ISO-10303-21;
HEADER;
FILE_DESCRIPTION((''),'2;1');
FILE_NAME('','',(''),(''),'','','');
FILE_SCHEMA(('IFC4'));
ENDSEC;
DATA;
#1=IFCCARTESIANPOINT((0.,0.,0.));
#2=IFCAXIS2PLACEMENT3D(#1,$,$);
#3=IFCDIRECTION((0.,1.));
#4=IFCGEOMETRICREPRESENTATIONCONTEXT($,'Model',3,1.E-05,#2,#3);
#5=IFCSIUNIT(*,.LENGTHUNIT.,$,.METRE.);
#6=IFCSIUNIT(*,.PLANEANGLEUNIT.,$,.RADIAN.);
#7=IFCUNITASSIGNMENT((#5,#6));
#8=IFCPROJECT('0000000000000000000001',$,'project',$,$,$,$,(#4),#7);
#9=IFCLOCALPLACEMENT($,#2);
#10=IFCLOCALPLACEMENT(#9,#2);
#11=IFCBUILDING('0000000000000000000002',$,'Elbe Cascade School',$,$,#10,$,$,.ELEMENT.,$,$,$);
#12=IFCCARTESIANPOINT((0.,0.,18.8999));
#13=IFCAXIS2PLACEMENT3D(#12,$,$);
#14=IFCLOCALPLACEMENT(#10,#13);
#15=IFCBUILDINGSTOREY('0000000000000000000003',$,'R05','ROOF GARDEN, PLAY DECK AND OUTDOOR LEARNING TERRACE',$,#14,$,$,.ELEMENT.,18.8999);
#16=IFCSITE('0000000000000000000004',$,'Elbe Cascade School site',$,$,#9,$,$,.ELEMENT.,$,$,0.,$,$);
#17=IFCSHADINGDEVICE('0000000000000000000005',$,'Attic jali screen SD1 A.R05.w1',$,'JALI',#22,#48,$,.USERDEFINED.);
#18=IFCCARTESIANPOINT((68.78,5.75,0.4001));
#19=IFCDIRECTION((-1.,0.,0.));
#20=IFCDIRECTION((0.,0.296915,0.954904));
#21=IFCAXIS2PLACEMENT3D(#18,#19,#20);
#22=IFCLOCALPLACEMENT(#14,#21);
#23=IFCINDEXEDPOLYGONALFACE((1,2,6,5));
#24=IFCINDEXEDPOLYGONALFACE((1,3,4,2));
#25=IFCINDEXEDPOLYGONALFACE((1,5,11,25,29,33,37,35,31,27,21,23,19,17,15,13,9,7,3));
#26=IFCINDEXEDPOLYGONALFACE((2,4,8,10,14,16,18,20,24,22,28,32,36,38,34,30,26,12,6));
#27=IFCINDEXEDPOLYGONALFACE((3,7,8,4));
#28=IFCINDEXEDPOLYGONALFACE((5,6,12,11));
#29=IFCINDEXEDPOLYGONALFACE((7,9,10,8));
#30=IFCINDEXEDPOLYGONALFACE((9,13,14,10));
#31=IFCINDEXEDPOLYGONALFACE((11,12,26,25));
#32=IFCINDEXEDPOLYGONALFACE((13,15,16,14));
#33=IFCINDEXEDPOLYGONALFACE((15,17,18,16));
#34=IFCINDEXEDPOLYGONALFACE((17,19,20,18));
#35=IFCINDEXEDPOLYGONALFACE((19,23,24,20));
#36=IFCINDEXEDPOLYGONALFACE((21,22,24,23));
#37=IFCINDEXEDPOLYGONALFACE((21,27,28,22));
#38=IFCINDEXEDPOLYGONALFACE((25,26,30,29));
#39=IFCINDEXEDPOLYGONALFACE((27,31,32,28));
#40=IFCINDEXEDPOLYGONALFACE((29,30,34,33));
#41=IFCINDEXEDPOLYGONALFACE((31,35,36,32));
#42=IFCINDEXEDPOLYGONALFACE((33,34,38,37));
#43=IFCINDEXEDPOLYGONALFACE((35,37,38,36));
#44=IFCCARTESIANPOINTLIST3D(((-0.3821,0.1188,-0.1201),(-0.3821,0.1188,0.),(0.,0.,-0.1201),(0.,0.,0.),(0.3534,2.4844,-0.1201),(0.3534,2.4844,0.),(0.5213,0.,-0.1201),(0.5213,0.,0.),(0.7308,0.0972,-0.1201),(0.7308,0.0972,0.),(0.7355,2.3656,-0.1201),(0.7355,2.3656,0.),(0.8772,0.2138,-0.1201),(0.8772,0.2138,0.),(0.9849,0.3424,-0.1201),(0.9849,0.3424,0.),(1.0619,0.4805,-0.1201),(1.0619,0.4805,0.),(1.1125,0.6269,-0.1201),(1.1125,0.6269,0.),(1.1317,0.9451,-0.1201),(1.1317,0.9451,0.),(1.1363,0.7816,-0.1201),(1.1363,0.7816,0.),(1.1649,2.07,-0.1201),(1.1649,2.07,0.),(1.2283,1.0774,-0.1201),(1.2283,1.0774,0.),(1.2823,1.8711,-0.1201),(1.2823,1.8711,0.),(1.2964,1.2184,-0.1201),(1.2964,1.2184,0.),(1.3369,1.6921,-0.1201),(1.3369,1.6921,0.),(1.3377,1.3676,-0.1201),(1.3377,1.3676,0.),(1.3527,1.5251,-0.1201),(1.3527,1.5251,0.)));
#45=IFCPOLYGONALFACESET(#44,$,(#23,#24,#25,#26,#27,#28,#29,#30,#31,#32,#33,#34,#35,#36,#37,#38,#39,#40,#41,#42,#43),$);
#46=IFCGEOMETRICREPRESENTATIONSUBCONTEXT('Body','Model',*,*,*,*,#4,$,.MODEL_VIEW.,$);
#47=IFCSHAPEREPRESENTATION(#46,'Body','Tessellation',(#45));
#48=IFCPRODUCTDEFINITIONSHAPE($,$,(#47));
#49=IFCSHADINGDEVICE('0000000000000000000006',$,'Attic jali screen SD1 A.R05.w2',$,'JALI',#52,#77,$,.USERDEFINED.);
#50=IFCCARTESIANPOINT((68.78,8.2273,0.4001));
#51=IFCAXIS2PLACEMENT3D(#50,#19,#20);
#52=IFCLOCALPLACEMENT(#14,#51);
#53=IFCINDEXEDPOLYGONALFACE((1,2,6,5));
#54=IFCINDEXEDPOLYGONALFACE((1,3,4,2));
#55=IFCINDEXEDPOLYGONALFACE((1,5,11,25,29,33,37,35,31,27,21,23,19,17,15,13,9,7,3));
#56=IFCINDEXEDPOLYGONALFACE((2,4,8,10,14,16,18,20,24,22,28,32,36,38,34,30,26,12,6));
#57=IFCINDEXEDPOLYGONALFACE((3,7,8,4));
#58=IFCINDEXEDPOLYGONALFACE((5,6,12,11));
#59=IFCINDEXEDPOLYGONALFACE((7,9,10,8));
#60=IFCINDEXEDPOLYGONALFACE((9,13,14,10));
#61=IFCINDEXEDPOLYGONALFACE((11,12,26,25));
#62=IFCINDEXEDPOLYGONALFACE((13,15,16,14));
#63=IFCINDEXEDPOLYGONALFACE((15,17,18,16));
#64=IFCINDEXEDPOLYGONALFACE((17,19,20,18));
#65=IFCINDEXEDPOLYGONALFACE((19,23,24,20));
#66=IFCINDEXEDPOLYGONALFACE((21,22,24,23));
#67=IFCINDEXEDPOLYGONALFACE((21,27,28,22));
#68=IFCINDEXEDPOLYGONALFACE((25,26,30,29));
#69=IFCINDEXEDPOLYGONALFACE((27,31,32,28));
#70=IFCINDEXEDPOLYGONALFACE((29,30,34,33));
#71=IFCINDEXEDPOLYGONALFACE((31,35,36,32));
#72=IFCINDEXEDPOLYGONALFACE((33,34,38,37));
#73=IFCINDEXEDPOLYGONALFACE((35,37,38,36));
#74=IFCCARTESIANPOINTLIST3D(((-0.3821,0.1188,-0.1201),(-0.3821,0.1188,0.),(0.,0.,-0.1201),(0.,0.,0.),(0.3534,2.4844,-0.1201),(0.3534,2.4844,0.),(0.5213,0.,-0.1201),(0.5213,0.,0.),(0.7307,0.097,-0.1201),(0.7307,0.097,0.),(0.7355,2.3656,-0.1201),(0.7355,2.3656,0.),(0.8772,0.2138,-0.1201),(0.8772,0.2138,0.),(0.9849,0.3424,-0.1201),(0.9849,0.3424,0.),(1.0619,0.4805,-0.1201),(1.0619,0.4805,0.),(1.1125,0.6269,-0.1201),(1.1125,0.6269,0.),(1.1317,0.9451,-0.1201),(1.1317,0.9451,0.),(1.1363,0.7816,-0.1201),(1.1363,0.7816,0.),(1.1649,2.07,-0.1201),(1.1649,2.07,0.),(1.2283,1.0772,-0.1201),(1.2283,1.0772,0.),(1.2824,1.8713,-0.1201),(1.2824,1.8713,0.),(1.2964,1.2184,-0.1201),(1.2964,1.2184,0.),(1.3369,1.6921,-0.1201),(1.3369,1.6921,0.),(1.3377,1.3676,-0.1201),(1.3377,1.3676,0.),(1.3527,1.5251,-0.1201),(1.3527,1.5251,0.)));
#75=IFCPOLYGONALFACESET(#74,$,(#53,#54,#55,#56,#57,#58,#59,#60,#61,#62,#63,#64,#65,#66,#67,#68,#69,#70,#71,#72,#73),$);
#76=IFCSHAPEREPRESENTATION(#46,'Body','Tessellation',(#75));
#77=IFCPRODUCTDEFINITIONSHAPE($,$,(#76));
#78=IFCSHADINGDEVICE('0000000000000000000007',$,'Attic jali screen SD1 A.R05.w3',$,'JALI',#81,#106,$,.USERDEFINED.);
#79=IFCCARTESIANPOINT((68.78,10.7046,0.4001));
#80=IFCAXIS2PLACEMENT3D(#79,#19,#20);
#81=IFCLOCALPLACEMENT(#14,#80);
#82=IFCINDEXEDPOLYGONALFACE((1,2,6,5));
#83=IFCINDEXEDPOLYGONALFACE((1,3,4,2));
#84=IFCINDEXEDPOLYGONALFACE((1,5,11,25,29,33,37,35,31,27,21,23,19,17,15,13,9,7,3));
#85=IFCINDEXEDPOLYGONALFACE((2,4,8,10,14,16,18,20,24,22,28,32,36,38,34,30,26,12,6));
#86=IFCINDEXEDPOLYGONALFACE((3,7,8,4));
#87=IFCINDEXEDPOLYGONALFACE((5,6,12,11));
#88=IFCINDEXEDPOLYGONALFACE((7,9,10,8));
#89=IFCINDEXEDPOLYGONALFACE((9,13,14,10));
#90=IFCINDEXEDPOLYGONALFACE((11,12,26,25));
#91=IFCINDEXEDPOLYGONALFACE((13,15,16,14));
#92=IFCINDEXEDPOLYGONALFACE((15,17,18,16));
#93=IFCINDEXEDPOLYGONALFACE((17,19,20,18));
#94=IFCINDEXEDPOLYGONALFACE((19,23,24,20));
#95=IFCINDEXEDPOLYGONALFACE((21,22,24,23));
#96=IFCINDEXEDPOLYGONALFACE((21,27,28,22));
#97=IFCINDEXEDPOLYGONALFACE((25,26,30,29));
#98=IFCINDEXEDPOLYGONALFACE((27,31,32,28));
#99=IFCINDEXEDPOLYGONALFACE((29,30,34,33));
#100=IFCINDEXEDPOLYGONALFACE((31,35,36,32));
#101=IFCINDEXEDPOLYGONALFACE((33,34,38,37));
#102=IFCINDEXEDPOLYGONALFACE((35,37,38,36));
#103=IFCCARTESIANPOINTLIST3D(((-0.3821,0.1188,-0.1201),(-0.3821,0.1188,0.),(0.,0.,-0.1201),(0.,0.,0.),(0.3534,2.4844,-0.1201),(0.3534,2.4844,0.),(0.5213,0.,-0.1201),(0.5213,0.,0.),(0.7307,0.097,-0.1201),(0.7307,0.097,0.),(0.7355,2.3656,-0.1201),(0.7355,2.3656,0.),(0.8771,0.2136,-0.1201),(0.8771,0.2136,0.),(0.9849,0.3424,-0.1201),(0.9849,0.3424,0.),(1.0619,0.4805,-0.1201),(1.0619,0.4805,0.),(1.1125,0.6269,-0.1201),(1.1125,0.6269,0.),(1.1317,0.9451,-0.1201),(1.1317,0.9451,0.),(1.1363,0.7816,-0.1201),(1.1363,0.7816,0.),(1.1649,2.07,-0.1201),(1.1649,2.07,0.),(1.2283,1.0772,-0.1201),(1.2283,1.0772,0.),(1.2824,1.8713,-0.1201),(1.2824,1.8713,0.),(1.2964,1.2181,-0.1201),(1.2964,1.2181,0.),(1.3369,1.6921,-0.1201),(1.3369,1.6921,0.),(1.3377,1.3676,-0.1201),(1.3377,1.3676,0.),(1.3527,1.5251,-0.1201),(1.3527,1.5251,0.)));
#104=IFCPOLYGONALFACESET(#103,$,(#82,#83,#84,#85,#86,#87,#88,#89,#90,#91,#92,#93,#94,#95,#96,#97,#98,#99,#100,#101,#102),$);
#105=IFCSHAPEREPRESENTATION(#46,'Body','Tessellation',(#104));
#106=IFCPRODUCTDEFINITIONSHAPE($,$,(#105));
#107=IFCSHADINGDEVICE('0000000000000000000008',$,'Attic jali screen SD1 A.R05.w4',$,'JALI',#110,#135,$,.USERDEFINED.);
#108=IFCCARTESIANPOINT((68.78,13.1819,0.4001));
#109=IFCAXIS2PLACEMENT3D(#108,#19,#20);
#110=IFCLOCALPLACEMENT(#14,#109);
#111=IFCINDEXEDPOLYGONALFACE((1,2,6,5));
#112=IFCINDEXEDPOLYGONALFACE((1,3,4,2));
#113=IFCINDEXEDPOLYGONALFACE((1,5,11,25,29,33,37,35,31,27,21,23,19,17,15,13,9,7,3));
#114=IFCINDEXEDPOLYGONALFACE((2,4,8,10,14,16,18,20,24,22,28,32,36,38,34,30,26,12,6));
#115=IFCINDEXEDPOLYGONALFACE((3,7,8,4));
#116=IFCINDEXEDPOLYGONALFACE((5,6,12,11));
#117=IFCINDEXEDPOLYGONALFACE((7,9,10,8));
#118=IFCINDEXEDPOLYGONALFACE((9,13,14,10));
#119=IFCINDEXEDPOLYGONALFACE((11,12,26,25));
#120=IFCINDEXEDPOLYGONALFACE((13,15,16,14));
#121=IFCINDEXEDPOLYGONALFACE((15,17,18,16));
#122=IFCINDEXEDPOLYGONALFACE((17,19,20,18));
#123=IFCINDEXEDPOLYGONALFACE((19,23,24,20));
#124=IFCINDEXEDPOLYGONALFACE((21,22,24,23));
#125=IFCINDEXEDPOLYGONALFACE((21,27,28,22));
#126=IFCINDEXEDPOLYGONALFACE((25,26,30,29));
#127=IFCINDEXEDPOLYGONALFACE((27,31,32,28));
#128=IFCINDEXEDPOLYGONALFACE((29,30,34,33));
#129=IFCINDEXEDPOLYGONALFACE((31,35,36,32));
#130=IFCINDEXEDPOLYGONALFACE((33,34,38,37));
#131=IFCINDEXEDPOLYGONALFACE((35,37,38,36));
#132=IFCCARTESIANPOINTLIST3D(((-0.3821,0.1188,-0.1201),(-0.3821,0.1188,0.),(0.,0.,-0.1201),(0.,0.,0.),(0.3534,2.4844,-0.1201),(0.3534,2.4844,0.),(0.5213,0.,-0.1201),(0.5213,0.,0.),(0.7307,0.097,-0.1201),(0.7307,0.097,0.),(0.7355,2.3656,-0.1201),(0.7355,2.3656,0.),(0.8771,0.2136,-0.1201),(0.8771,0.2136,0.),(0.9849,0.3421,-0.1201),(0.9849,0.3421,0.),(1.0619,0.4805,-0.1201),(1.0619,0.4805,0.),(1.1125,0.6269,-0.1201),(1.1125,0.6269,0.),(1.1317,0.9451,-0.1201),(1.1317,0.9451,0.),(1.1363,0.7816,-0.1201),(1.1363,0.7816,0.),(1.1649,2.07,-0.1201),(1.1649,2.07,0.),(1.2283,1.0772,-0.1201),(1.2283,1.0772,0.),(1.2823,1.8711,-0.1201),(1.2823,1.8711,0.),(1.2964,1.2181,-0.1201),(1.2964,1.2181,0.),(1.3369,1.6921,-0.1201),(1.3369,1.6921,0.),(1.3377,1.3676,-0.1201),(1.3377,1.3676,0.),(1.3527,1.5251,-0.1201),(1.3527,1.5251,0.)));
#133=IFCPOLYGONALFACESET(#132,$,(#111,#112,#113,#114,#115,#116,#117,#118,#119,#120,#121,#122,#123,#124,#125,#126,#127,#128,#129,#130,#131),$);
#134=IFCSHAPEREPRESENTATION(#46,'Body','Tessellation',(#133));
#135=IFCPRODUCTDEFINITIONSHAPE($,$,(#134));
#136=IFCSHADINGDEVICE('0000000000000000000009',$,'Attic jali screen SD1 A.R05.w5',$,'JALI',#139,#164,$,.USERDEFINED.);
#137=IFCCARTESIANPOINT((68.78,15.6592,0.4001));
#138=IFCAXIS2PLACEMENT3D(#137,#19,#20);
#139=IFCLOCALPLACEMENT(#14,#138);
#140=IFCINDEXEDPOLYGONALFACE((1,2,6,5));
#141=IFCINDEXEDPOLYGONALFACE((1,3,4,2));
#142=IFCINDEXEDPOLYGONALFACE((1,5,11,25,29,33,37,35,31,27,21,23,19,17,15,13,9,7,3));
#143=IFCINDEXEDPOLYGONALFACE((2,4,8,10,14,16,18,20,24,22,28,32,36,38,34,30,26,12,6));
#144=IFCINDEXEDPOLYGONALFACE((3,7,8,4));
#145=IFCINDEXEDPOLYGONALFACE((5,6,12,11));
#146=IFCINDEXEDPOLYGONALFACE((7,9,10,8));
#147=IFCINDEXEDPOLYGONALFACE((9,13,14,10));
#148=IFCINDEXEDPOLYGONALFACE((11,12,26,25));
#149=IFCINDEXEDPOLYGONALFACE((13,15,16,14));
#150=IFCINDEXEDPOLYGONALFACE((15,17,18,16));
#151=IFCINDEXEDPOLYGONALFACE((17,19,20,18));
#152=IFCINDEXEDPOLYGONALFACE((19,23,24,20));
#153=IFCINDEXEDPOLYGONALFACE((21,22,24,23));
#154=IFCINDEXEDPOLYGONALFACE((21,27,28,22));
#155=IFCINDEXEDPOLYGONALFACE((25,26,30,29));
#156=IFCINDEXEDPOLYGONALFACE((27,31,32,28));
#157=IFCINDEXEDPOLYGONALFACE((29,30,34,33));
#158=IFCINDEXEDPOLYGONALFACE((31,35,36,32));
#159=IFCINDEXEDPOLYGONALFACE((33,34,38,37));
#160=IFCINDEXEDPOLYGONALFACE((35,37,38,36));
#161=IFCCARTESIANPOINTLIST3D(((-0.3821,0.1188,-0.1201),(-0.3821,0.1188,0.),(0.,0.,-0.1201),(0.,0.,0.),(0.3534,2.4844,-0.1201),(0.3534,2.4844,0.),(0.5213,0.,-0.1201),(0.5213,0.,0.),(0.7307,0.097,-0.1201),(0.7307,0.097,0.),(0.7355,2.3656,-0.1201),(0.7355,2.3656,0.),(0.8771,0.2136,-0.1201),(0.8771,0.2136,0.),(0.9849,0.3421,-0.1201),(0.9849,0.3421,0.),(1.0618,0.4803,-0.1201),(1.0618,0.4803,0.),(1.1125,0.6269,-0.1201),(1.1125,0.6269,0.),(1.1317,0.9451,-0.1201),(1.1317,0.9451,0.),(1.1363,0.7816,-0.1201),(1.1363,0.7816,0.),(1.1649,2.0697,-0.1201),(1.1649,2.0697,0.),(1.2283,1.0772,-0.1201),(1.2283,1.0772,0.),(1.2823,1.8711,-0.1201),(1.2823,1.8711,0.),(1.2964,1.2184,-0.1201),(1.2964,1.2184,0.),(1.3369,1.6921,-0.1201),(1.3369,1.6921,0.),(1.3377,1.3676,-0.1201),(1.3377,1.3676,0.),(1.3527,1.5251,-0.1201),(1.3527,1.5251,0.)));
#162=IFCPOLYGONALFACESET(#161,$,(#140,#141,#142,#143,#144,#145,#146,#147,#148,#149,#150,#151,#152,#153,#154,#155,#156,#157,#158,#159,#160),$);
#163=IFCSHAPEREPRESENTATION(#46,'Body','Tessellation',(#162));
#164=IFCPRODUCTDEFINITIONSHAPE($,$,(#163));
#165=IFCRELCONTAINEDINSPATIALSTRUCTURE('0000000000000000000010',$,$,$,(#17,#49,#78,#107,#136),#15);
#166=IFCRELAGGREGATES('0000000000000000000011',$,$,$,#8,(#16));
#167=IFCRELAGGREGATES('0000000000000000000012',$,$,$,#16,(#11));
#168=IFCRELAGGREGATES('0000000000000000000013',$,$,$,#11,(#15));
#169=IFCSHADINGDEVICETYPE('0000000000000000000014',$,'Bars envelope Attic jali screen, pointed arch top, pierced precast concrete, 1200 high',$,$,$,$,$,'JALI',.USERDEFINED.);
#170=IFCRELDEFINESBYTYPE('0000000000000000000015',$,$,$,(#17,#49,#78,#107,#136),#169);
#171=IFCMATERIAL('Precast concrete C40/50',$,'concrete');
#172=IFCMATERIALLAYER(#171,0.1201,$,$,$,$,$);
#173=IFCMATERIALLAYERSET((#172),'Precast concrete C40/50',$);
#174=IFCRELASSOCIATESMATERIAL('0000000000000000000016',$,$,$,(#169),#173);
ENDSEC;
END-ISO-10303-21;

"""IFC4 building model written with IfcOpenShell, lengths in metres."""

from ifc_helpers import new_model, si_unit, direction, frame, origin, place, context, subcontext, project, spatial, polyline, outline, extrude, material, layer, layer_set, type_object, element, save


model = new_model("IFC4")

# Units and contexts
model_context = context("Model", 3, precision=1e-05, world=origin(), true_north=direction((0.0, 1.0)))
body_context = subcontext(model_context, "Body", "Model", "MODEL_VIEW")
ifc_project = project(units=[si_unit("LENGTHUNIT", "METRE"), si_unit("PLANEANGLEUNIT", "RADIAN")], contexts=[model_context])

# Site, building, storey
site_placement = place(None, origin())
site = spatial("IfcSite", under=ifc_project, at=site_placement, Name="Elbe Cascade School site", CompositionType="ELEMENT", RefElevation=0.0)
building_placement = place(site_placement, origin())
building = spatial("IfcBuilding", under=site, at=building_placement, Name="Elbe Cascade School", CompositionType="ELEMENT")
storey_placement = place(building_placement, frame((0.0, 0.0, 18.8999)))
storey = spatial("IfcBuildingStorey", under=building, at=storey_placement, Name="R05", Description="ROOF GARDEN, PLAY DECK AND OUTDOOR LEARNING TERRACE", CompositionType="ELEMENT", Elevation=18.8999)

# Shading devices
ifc_material_1 = material(Name="Precast concrete C40/50", Category="concrete")
ifc_layer_1 = layer(ifc_material_1, 0.1201)
ifc_layer_set_1 = layer_set([ifc_layer_1], Name="Precast concrete C40/50")
shading_device_type = type_object("IfcShadingDeviceType", Name="Bars envelope Attic jali screen, pointed arch top, pierced precast concrete, 1200 high", ElementType="JALI", PredefinedType="USERDEFINED", material=ifc_layer_set_1)
shading_device_1_placement = place(storey_placement, frame((68.78, 5.75, 0.4001), z_axis=(-1.0, 0.0, 0.0), x_axis=(0.0, 0.296915, 0.954904)))
element("IfcShadingDevice", 1, at=shading_device_1_placement, inside=storey, type_object=shading_device_type, Name="Attic jali screen SD1 A.R05.w1", ObjectType="JALI", PredefinedType="USERDEFINED", context=body_context, shape_type="SweptSolid", body=[
    extrude(outline(polyline([(0.0, 0.0), (0.5213, 0.0), (0.7308, 0.0972), (0.8772, 0.2138), (0.9849, 0.3424), (1.0619, 0.4805), (1.1125, 0.6269), (1.1363, 0.7816), (1.1317, 0.9451), (1.2283, 1.0774), (1.2964, 1.2184), (1.3377, 1.3676), (1.3527, 1.5251), (1.3369, 1.6921), (1.2823, 1.8711), (1.1649, 2.07), (0.7355, 2.3656), (0.3534, 2.4844), (-0.3821, 0.1188), (0.0, 0.0)])), origin(), (0.0, 0.0, -1.0), 0.1201),
])
shading_device_2_placement = place(storey_placement, frame((68.78, 8.2273, 0.4001), z_axis=(-1.0, 0.0, 0.0), x_axis=(0.0, 0.296915, 0.954904)))
element("IfcShadingDevice", 2, at=shading_device_2_placement, inside=storey, type_object=shading_device_type, Name="Attic jali screen SD1 A.R05.w2", ObjectType="JALI", PredefinedType="USERDEFINED", context=body_context, shape_type="SweptSolid", body=[
    extrude(outline(polyline([(0.0, 0.0), (0.5213, 0.0), (0.7307, 0.097), (0.8772, 0.2138), (0.9849, 0.3424), (1.0619, 0.4805), (1.1125, 0.6269), (1.1363, 0.7816), (1.1317, 0.9451), (1.2283, 1.0772), (1.2964, 1.2184), (1.3377, 1.3676), (1.3527, 1.5251), (1.3369, 1.6921), (1.2824, 1.8713), (1.1649, 2.07), (0.7355, 2.3656), (0.3534, 2.4844), (-0.3821, 0.1188), (0.0, 0.0)])), origin(), (0.0, 0.0, -1.0), 0.1201),
])
shading_device_3_placement = place(storey_placement, frame((68.78, 10.7046, 0.4001), z_axis=(-1.0, 0.0, 0.0), x_axis=(0.0, 0.296915, 0.954904)))
element("IfcShadingDevice", 3, at=shading_device_3_placement, inside=storey, type_object=shading_device_type, Name="Attic jali screen SD1 A.R05.w3", ObjectType="JALI", PredefinedType="USERDEFINED", context=body_context, shape_type="SweptSolid", body=[
    extrude(outline(polyline([(0.0, 0.0), (0.5213, 0.0), (0.7307, 0.097), (0.8771, 0.2136), (0.9849, 0.3424), (1.0619, 0.4805), (1.1125, 0.6269), (1.1363, 0.7816), (1.1317, 0.9451), (1.2283, 1.0772), (1.2964, 1.2181), (1.3377, 1.3676), (1.3527, 1.5251), (1.3369, 1.6921), (1.2824, 1.8713), (1.1649, 2.07), (0.7355, 2.3656), (0.3534, 2.4844), (-0.3821, 0.1188), (0.0, 0.0)])), origin(), (0.0, 0.0, -1.0), 0.1201),
])
shading_device_4_placement = place(storey_placement, frame((68.78, 13.1819, 0.4001), z_axis=(-1.0, 0.0, 0.0), x_axis=(0.0, 0.296915, 0.954904)))
element("IfcShadingDevice", 4, at=shading_device_4_placement, inside=storey, type_object=shading_device_type, Name="Attic jali screen SD1 A.R05.w4", ObjectType="JALI", PredefinedType="USERDEFINED", context=body_context, shape_type="SweptSolid", body=[
    extrude(outline(polyline([(0.0, 0.0), (0.5213, 0.0), (0.7307, 0.097), (0.8771, 0.2136), (0.9849, 0.3421), (1.0619, 0.4805), (1.1125, 0.6269), (1.1363, 0.7816), (1.1317, 0.9451), (1.2283, 1.0772), (1.2964, 1.2181), (1.3377, 1.3676), (1.3527, 1.5251), (1.3369, 1.6921), (1.2823, 1.8711), (1.1649, 2.07), (0.7355, 2.3656), (0.3534, 2.4844), (-0.3821, 0.1188), (0.0, 0.0)])), origin(), (0.0, 0.0, -1.0), 0.1201),
])
shading_device_5_placement = place(storey_placement, frame((68.78, 15.6592, 0.4001), z_axis=(-1.0, 0.0, 0.0), x_axis=(0.0, 0.296915, 0.954904)))
element("IfcShadingDevice", 5, at=shading_device_5_placement, inside=storey, type_object=shading_device_type, Name="Attic jali screen SD1 A.R05.w5", ObjectType="JALI", PredefinedType="USERDEFINED", context=body_context, shape_type="SweptSolid", body=[
    extrude(outline(polyline([(0.0, 0.0), (0.5213, 0.0), (0.7307, 0.097), (0.8771, 0.2136), (0.9849, 0.3421), (1.0618, 0.4803), (1.1125, 0.6269), (1.1363, 0.7816), (1.1317, 0.9451), (1.2283, 1.0772), (1.2964, 1.2184), (1.3377, 1.3676), (1.3527, 1.5251), (1.3369, 1.6921), (1.2823, 1.8711), (1.1649, 2.0697), (0.7355, 2.3656), (0.3534, 2.4844), (-0.3821, 0.1188), (0.0, 0.0)])), origin(), (0.0, 0.0, -1.0), 0.1201),
])

save(model, "model.ifc")
